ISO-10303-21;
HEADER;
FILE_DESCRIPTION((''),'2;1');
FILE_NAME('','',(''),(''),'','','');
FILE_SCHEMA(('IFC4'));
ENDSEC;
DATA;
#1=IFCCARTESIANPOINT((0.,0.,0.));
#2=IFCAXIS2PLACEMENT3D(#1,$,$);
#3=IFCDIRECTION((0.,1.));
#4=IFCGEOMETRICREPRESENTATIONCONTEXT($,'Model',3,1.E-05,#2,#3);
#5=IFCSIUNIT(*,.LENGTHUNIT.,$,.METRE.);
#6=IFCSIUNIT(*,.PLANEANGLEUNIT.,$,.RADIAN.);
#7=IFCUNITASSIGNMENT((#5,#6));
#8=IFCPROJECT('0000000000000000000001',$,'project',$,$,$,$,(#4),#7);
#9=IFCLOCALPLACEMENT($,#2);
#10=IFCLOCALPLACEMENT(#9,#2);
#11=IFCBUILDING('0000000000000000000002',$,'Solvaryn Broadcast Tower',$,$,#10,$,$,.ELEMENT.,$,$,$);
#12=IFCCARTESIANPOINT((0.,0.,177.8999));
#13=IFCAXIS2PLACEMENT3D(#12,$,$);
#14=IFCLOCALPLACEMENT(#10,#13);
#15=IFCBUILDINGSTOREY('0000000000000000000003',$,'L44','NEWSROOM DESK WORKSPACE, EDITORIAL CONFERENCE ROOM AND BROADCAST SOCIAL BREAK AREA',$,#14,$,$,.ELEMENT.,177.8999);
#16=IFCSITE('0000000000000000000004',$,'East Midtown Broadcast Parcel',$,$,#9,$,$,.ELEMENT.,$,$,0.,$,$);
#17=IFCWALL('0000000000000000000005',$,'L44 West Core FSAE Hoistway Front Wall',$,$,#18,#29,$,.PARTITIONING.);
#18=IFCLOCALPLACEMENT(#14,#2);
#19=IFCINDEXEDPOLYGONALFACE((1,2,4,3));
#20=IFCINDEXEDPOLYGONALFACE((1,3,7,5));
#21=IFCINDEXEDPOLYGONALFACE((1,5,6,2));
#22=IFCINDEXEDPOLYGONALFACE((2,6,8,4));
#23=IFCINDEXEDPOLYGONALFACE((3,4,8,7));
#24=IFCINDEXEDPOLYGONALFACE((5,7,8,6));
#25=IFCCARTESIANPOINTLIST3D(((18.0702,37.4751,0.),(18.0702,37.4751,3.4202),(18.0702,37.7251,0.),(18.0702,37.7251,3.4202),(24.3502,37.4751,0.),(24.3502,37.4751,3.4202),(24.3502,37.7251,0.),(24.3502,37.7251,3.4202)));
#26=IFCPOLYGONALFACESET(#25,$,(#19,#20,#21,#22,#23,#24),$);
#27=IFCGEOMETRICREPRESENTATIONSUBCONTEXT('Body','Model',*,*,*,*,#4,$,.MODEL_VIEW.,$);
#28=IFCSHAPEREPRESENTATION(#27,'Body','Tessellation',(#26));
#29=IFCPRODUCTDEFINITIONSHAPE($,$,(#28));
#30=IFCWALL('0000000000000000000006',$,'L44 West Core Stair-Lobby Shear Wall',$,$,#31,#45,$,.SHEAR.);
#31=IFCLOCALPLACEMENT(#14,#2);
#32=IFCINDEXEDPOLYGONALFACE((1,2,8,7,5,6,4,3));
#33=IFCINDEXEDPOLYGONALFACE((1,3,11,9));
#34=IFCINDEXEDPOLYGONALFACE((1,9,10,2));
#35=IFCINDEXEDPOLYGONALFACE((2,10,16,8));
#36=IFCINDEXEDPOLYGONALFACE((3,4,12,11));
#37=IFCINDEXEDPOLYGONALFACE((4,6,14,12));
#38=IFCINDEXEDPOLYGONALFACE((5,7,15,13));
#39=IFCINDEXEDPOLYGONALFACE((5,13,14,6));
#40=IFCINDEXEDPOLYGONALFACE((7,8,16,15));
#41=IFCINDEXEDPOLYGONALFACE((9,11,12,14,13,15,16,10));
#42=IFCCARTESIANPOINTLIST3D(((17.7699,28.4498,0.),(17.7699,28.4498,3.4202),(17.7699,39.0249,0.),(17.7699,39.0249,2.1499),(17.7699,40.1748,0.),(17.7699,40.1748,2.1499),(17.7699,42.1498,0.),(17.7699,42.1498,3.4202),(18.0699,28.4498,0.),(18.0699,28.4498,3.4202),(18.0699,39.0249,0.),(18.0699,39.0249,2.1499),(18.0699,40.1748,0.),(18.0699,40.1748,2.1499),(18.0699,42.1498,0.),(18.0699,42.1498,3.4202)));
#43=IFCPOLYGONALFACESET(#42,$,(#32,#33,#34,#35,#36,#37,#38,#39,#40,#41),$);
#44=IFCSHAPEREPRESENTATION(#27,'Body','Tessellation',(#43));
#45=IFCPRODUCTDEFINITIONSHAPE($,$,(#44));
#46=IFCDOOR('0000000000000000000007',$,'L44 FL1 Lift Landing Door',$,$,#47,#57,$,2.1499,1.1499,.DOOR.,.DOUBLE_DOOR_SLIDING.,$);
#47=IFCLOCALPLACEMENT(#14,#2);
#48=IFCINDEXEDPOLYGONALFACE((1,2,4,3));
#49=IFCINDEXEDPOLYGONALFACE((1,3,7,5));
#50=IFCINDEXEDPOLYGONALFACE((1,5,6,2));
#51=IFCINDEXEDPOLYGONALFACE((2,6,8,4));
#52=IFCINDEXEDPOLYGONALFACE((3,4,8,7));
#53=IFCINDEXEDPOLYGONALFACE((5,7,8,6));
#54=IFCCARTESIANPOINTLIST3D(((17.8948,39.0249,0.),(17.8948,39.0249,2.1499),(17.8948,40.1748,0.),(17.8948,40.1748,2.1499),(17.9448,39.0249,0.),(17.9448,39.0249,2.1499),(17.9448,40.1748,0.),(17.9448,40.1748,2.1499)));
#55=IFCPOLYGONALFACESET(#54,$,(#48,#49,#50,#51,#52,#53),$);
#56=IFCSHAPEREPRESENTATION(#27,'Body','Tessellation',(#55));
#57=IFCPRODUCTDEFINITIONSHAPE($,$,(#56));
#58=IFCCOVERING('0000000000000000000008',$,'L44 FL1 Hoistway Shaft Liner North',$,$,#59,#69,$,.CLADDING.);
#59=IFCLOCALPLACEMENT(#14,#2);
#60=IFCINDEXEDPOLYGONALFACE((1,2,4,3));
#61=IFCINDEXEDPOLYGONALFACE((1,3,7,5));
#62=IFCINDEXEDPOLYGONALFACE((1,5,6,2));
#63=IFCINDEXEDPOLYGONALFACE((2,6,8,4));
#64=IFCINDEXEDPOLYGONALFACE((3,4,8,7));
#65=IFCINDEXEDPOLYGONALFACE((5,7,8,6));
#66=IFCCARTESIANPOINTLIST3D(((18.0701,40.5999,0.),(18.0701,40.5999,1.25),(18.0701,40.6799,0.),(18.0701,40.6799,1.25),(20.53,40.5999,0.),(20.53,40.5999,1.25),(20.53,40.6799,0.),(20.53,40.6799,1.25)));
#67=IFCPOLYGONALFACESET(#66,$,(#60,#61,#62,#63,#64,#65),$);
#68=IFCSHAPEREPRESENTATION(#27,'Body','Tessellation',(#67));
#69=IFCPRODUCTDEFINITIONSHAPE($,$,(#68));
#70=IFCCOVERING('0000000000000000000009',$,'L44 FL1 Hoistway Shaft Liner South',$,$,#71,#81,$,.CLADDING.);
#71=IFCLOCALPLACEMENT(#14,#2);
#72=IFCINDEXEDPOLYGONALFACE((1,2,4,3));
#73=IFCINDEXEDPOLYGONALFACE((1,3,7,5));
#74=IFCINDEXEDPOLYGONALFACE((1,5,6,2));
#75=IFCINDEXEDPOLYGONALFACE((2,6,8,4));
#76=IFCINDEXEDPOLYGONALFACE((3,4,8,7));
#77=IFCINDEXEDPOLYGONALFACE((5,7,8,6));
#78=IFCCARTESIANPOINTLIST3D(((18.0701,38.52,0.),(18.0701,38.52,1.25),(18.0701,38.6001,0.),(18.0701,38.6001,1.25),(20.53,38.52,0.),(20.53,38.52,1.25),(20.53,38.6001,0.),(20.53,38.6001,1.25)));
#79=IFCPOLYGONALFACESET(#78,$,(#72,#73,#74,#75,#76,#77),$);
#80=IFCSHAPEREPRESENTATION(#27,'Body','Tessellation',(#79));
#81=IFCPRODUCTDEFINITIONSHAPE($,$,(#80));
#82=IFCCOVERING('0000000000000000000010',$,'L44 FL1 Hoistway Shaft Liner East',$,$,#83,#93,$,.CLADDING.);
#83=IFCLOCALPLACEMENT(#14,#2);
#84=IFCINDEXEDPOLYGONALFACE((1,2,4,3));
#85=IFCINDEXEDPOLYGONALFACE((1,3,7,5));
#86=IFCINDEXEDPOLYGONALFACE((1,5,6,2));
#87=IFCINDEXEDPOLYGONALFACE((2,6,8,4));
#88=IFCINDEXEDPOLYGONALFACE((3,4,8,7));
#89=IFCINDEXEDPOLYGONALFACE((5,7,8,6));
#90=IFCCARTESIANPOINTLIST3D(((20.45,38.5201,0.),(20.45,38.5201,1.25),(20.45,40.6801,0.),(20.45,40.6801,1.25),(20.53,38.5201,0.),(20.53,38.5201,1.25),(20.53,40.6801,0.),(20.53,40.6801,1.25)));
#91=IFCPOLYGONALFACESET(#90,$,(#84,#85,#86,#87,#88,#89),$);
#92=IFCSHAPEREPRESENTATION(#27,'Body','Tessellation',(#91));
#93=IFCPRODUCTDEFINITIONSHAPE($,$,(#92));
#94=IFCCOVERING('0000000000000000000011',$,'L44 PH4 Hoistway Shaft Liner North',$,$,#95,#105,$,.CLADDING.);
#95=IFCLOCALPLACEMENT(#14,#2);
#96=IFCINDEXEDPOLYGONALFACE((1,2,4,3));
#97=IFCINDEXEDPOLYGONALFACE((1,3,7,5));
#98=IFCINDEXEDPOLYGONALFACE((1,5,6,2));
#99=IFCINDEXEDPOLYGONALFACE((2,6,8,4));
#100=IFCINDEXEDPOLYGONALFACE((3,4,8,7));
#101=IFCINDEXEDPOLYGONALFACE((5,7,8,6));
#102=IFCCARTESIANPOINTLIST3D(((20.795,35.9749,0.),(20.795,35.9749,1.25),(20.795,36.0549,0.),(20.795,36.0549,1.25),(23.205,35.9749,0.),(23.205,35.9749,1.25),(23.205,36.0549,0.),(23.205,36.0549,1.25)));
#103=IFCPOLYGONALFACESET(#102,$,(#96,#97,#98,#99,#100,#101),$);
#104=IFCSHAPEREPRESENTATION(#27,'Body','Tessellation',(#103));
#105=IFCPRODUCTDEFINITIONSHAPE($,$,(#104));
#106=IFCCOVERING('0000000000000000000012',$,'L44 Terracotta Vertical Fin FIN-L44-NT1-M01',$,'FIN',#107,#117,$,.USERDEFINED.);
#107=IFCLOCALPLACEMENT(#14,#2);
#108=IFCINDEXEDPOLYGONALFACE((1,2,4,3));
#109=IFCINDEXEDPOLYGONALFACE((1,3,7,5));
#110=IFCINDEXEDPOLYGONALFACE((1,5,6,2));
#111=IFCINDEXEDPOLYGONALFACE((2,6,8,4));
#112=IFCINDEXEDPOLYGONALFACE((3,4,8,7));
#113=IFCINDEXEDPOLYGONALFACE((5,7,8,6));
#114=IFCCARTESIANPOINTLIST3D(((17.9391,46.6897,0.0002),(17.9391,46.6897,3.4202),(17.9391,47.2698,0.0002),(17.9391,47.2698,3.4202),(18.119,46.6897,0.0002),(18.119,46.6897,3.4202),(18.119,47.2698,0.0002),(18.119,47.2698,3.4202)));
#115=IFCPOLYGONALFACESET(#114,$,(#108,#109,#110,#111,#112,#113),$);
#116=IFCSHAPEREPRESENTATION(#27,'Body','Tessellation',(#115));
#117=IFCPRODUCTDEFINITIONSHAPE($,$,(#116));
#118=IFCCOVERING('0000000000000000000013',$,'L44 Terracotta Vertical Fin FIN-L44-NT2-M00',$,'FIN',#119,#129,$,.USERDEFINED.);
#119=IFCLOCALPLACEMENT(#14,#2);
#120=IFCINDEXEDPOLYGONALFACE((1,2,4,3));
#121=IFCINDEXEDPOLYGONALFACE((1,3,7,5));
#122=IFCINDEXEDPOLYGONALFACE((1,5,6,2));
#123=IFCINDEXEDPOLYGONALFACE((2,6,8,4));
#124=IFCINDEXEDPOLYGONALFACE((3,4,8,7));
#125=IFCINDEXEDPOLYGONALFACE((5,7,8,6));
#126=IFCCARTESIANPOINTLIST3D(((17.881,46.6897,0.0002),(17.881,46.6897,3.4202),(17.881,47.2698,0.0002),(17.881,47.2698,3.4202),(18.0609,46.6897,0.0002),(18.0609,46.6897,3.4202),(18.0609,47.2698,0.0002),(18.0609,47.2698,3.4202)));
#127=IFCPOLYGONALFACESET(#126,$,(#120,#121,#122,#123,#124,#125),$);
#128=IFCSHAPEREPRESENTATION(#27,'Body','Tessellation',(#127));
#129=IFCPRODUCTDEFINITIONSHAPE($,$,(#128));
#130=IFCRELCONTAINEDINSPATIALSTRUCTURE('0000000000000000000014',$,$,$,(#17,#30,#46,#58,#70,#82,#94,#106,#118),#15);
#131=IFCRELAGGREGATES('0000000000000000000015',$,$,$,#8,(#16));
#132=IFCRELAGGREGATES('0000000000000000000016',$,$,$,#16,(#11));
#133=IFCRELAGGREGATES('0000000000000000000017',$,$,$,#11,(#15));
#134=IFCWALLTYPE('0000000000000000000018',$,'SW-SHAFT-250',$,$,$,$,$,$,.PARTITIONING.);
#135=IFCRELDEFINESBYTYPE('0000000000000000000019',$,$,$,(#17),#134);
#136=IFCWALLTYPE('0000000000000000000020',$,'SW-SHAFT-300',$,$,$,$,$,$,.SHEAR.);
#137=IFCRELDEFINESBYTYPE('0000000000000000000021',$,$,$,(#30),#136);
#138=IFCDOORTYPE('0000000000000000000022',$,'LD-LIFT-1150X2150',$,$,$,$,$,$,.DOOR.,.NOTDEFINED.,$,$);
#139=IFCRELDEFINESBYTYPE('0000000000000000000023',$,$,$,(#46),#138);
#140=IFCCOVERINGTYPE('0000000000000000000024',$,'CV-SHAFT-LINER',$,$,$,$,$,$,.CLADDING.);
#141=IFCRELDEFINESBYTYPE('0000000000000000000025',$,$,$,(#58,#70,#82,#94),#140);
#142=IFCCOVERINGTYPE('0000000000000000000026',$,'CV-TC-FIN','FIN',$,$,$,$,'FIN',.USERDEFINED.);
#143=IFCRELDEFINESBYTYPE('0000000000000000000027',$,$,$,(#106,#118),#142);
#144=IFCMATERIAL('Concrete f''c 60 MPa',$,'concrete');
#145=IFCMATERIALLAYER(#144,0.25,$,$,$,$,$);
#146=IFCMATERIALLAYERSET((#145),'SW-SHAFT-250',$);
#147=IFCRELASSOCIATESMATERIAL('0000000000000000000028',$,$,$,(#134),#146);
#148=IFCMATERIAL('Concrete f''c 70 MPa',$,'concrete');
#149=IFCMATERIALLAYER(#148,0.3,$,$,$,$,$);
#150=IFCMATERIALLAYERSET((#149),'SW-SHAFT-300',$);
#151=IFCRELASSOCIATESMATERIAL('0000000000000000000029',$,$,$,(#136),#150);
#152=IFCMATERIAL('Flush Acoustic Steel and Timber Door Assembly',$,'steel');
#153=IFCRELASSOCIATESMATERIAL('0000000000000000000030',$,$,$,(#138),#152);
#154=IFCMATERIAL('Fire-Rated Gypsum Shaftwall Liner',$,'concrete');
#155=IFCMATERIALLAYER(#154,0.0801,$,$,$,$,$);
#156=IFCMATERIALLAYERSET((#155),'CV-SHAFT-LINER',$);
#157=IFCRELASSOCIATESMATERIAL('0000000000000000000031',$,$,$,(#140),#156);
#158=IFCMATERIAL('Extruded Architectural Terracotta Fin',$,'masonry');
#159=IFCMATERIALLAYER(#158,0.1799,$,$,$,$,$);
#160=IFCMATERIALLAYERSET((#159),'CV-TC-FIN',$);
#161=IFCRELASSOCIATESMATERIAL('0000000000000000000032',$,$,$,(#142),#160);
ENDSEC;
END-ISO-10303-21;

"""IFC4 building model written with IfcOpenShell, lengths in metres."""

from ifc_helpers import new_model, si_unit, direction, frame, frame_2d, origin, origin_2d, place, context, subcontext, project, spatial, rectangle, extrude, material, layer, layer_set, type_object, element, fill, save


model = new_model("IFC4")

# Units and contexts
model_context = context("Model", 3, precision=1e-05, world=origin(), true_north=direction((0.0, 1.0)))
body_context = subcontext(model_context, "Body", "Model", "MODEL_VIEW")
ifc_project = project(units=[si_unit("LENGTHUNIT", "METRE"), si_unit("PLANEANGLEUNIT", "RADIAN")], contexts=[model_context])

# Site, building, storey
site_placement = place(None, origin())
site = spatial("IfcSite", under=ifc_project, at=site_placement, Name="East Midtown Broadcast Parcel", CompositionType="ELEMENT", RefElevation=0.0)
building_placement = place(site_placement, origin())
building = spatial("IfcBuilding", under=site, at=building_placement, Name="Solvaryn Broadcast Tower", CompositionType="ELEMENT")
storey_placement = place(building_placement, frame((0.0, 0.0, 177.8999)))
storey = spatial("IfcBuildingStorey", under=building, at=storey_placement, Name="L44", Description="NEWSROOM DESK WORKSPACE, EDITORIAL CONFERENCE ROOM AND BROADCAST SOCIAL BREAK AREA", CompositionType="ELEMENT", Elevation=177.8999)

# Wall
ifc_material_1 = material(Name="Concrete f'c 60 MPa", Category="concrete")
ifc_layer_1 = layer(ifc_material_1, 0.25)
ifc_layer_set_1 = layer_set([ifc_layer_1], Name="SW-SHAFT-250")
wall_type_1 = type_object("IfcWallType", Name="SW-SHAFT-250", PredefinedType="PARTITIONING", material=ifc_layer_set_1)
wall_1_placement = place(storey_placement, frame((18.0701, 37.6001, 0.0), z_axis=(0.0, 0.0, 1.0), x_axis=(1.0, 0.0, 0.0)))
element("IfcWall", 1, at=wall_1_placement, inside=storey, type_object=wall_type_1, Name="L44 West Core FSAE Hoistway Front Wall", PredefinedType="PARTITIONING", context=body_context, shape_type="SweptSolid", body=[
    extrude(rectangle(XDim=6.28, YDim=0.25, at=frame_2d((3.1401, 0.0))), origin(), (0.0, 0.0, 1.0), 3.4202),
])

# Wall, opening, door
ifc_material_2 = material(Name="Concrete f'c 70 MPa", Category="concrete")
ifc_layer_2 = layer(ifc_material_2, 0.3)
ifc_layer_set_2 = layer_set([ifc_layer_2], Name="SW-SHAFT-300")
wall_type_2 = type_object("IfcWallType", Name="SW-SHAFT-300", PredefinedType="SHEAR", material=ifc_layer_set_2)
wall_2_placement = place(storey_placement, frame((17.9199, 42.1499, 0.0), z_axis=(0.0, 0.0, 1.0), x_axis=(0.0, -1.0, 0.0)))
wall_2 = element("IfcWall", 2, at=wall_2_placement, inside=storey, type_object=wall_type_2, Name="L44 West Core Stair-Lobby Shear Wall", PredefinedType="SHEAR", context=body_context, shape_type="SweptSolid", body=[
    extrude(rectangle(XDim=13.7, YDim=0.3, at=frame_2d((6.8501, 0.0))), origin(), (0.0, 0.0, 1.0), 3.4202),
])
opening_1_placement = place(wall_2_placement, frame((1.9751, 0.0, 0.0)))
opening_1 = element("IfcOpeningElement", 3, at=opening_1_placement, cuts=wall_2, PredefinedType="OPENING", context=body_context, shape_type="SweptSolid", body=[
    extrude(rectangle(XDim=1.1499, YDim=2.1499, at=frame_2d((0.575, 1.075))), frame((0.0, 0.1599, 0.0), z_axis=(0.0, -1.0, 0.0), x_axis=(1.0, 0.0, 0.0)), (0.0, 0.0, 1.0), 0.3201),
])
ifc_material_3 = material(Name="Flush Acoustic Steel and Timber Door Assembly", Category="steel")
door_type_1 = type_object("IfcDoorType", Name="LD-LIFT-1150X2150", OperationType="NOTDEFINED", PredefinedType="DOOR", material=ifc_material_3)
door_1_placement = place(opening_1_placement, origin())
door_1 = element("IfcDoor", 4, at=door_1_placement, inside=storey, type_object=door_type_1, Name="L44 FL1 Lift Landing Door", OperationType="DOUBLE_DOOR_SLIDING", OverallHeight=2.1499, OverallWidth=1.1499, PredefinedType="DOOR", context=body_context, shape_type="SweptSolid", body=[
    extrude(rectangle(XDim=1.1499, YDim=2.1499, at=frame_2d((0.575, 1.075))), frame((0.0, 0.0249, 0.0), z_axis=(0.0, -1.0, 0.0), x_axis=(1.0, 0.0, 0.0)), (0.0, 0.0, 1.0), 0.05),
])
fill(opening_1, door_1)

# Coverings
ifc_material_4 = material(Name="Fire-Rated Gypsum Shaftwall Liner", Category="concrete")
ifc_layer_3 = layer(ifc_material_4, 0.0801)
ifc_layer_set_3 = layer_set([ifc_layer_3], Name="CV-SHAFT-LINER")
covering_type_1 = type_object("IfcCoveringType", Name="CV-SHAFT-LINER", PredefinedType="CLADDING", material=ifc_layer_set_3)
for number, where, z_axis, x_axis, name in (
    (5, (19.3, 40.6399, 0.0), (0.0, 0.0, 1.0), (1.0, 0.0, 0.0), "L44 FL1 Hoistway Shaft Liner North"),
    (6, (19.3, 38.5601, 0.0), (0.0, 0.0, 1.0), (1.0, 0.0, 0.0), "L44 FL1 Hoistway Shaft Liner South"),
):
    element("IfcCovering", number, at=place(storey_placement, frame(where, z_axis=z_axis, x_axis=x_axis)), inside=storey, type_object=covering_type_1, Name=name, PredefinedType="CLADDING", context=body_context, shape_type="SweptSolid", body=[
        extrude(rectangle(XDim=2.46, YDim=0.0801, at=origin_2d()), origin(), (0.0, 0.0, 1.0), 1.25),
    ])
covering_1_placement = place(storey_placement, frame((20.49, 39.6001, 0.0), z_axis=(0.0, 0.0, 1.0), x_axis=(1.0, 0.0, 0.0)))
element("IfcCovering", 7, at=covering_1_placement, inside=storey, type_object=covering_type_1, Name="L44 FL1 Hoistway Shaft Liner East", PredefinedType="CLADDING", context=body_context, shape_type="SweptSolid", body=[
    extrude(rectangle(XDim=0.0801, YDim=2.1599, at=origin_2d()), origin(), (0.0, 0.0, 1.0), 1.25),
])
covering_2_placement = place(storey_placement, frame((22.0, 36.0149, 0.0), z_axis=(0.0, 0.0, 1.0), x_axis=(1.0, 0.0, 0.0)))
element("IfcCovering", 8, at=covering_2_placement, inside=storey, type_object=covering_type_1, Name="L44 PH4 Hoistway Shaft Liner North", PredefinedType="CLADDING", context=body_context, shape_type="SweptSolid", body=[
    extrude(rectangle(XDim=2.4099, YDim=0.0801, at=origin_2d()), origin(), (0.0, 0.0, 1.0), 1.25),
])
ifc_material_5 = material(Name="Extruded Architectural Terracotta Fin", Category="masonry")
ifc_layer_4 = layer(ifc_material_5, 0.1799)
ifc_layer_set_4 = layer_set([ifc_layer_4], Name="CV-TC-FIN")
covering_type_2 = type_object("IfcCoveringType", Name="CV-TC-FIN", Description="FIN", ElementType="FIN", PredefinedType="USERDEFINED", material=ifc_layer_set_4)
for number, where, z_axis, x_axis, name in (
    (9, (18.0291, 46.9797, 0.0002), (0.0, 0.0, 1.0), (1.0, 0.0, 0.0), "L44 Terracotta Vertical Fin FIN-L44-NT1-M01"),
    (10, (17.9709, 46.9797, 0.0002), (0.0, 0.0, 1.0), (1.0, 0.0, 0.0), "L44 Terracotta Vertical Fin FIN-L44-NT2-M00"),
):
    element("IfcCovering", number, at=place(storey_placement, frame(where, z_axis=z_axis, x_axis=x_axis)), inside=storey, type_object=covering_type_2, Name=name, ObjectType="FIN", PredefinedType="USERDEFINED", context=body_context, shape_type="SweptSolid", body=[
        extrude(rectangle(XDim=0.1799, YDim=0.5801, at=origin_2d()), origin(), (0.0, 0.0, 1.0), 3.4199),
    ])

save(model, "model.ifc")
